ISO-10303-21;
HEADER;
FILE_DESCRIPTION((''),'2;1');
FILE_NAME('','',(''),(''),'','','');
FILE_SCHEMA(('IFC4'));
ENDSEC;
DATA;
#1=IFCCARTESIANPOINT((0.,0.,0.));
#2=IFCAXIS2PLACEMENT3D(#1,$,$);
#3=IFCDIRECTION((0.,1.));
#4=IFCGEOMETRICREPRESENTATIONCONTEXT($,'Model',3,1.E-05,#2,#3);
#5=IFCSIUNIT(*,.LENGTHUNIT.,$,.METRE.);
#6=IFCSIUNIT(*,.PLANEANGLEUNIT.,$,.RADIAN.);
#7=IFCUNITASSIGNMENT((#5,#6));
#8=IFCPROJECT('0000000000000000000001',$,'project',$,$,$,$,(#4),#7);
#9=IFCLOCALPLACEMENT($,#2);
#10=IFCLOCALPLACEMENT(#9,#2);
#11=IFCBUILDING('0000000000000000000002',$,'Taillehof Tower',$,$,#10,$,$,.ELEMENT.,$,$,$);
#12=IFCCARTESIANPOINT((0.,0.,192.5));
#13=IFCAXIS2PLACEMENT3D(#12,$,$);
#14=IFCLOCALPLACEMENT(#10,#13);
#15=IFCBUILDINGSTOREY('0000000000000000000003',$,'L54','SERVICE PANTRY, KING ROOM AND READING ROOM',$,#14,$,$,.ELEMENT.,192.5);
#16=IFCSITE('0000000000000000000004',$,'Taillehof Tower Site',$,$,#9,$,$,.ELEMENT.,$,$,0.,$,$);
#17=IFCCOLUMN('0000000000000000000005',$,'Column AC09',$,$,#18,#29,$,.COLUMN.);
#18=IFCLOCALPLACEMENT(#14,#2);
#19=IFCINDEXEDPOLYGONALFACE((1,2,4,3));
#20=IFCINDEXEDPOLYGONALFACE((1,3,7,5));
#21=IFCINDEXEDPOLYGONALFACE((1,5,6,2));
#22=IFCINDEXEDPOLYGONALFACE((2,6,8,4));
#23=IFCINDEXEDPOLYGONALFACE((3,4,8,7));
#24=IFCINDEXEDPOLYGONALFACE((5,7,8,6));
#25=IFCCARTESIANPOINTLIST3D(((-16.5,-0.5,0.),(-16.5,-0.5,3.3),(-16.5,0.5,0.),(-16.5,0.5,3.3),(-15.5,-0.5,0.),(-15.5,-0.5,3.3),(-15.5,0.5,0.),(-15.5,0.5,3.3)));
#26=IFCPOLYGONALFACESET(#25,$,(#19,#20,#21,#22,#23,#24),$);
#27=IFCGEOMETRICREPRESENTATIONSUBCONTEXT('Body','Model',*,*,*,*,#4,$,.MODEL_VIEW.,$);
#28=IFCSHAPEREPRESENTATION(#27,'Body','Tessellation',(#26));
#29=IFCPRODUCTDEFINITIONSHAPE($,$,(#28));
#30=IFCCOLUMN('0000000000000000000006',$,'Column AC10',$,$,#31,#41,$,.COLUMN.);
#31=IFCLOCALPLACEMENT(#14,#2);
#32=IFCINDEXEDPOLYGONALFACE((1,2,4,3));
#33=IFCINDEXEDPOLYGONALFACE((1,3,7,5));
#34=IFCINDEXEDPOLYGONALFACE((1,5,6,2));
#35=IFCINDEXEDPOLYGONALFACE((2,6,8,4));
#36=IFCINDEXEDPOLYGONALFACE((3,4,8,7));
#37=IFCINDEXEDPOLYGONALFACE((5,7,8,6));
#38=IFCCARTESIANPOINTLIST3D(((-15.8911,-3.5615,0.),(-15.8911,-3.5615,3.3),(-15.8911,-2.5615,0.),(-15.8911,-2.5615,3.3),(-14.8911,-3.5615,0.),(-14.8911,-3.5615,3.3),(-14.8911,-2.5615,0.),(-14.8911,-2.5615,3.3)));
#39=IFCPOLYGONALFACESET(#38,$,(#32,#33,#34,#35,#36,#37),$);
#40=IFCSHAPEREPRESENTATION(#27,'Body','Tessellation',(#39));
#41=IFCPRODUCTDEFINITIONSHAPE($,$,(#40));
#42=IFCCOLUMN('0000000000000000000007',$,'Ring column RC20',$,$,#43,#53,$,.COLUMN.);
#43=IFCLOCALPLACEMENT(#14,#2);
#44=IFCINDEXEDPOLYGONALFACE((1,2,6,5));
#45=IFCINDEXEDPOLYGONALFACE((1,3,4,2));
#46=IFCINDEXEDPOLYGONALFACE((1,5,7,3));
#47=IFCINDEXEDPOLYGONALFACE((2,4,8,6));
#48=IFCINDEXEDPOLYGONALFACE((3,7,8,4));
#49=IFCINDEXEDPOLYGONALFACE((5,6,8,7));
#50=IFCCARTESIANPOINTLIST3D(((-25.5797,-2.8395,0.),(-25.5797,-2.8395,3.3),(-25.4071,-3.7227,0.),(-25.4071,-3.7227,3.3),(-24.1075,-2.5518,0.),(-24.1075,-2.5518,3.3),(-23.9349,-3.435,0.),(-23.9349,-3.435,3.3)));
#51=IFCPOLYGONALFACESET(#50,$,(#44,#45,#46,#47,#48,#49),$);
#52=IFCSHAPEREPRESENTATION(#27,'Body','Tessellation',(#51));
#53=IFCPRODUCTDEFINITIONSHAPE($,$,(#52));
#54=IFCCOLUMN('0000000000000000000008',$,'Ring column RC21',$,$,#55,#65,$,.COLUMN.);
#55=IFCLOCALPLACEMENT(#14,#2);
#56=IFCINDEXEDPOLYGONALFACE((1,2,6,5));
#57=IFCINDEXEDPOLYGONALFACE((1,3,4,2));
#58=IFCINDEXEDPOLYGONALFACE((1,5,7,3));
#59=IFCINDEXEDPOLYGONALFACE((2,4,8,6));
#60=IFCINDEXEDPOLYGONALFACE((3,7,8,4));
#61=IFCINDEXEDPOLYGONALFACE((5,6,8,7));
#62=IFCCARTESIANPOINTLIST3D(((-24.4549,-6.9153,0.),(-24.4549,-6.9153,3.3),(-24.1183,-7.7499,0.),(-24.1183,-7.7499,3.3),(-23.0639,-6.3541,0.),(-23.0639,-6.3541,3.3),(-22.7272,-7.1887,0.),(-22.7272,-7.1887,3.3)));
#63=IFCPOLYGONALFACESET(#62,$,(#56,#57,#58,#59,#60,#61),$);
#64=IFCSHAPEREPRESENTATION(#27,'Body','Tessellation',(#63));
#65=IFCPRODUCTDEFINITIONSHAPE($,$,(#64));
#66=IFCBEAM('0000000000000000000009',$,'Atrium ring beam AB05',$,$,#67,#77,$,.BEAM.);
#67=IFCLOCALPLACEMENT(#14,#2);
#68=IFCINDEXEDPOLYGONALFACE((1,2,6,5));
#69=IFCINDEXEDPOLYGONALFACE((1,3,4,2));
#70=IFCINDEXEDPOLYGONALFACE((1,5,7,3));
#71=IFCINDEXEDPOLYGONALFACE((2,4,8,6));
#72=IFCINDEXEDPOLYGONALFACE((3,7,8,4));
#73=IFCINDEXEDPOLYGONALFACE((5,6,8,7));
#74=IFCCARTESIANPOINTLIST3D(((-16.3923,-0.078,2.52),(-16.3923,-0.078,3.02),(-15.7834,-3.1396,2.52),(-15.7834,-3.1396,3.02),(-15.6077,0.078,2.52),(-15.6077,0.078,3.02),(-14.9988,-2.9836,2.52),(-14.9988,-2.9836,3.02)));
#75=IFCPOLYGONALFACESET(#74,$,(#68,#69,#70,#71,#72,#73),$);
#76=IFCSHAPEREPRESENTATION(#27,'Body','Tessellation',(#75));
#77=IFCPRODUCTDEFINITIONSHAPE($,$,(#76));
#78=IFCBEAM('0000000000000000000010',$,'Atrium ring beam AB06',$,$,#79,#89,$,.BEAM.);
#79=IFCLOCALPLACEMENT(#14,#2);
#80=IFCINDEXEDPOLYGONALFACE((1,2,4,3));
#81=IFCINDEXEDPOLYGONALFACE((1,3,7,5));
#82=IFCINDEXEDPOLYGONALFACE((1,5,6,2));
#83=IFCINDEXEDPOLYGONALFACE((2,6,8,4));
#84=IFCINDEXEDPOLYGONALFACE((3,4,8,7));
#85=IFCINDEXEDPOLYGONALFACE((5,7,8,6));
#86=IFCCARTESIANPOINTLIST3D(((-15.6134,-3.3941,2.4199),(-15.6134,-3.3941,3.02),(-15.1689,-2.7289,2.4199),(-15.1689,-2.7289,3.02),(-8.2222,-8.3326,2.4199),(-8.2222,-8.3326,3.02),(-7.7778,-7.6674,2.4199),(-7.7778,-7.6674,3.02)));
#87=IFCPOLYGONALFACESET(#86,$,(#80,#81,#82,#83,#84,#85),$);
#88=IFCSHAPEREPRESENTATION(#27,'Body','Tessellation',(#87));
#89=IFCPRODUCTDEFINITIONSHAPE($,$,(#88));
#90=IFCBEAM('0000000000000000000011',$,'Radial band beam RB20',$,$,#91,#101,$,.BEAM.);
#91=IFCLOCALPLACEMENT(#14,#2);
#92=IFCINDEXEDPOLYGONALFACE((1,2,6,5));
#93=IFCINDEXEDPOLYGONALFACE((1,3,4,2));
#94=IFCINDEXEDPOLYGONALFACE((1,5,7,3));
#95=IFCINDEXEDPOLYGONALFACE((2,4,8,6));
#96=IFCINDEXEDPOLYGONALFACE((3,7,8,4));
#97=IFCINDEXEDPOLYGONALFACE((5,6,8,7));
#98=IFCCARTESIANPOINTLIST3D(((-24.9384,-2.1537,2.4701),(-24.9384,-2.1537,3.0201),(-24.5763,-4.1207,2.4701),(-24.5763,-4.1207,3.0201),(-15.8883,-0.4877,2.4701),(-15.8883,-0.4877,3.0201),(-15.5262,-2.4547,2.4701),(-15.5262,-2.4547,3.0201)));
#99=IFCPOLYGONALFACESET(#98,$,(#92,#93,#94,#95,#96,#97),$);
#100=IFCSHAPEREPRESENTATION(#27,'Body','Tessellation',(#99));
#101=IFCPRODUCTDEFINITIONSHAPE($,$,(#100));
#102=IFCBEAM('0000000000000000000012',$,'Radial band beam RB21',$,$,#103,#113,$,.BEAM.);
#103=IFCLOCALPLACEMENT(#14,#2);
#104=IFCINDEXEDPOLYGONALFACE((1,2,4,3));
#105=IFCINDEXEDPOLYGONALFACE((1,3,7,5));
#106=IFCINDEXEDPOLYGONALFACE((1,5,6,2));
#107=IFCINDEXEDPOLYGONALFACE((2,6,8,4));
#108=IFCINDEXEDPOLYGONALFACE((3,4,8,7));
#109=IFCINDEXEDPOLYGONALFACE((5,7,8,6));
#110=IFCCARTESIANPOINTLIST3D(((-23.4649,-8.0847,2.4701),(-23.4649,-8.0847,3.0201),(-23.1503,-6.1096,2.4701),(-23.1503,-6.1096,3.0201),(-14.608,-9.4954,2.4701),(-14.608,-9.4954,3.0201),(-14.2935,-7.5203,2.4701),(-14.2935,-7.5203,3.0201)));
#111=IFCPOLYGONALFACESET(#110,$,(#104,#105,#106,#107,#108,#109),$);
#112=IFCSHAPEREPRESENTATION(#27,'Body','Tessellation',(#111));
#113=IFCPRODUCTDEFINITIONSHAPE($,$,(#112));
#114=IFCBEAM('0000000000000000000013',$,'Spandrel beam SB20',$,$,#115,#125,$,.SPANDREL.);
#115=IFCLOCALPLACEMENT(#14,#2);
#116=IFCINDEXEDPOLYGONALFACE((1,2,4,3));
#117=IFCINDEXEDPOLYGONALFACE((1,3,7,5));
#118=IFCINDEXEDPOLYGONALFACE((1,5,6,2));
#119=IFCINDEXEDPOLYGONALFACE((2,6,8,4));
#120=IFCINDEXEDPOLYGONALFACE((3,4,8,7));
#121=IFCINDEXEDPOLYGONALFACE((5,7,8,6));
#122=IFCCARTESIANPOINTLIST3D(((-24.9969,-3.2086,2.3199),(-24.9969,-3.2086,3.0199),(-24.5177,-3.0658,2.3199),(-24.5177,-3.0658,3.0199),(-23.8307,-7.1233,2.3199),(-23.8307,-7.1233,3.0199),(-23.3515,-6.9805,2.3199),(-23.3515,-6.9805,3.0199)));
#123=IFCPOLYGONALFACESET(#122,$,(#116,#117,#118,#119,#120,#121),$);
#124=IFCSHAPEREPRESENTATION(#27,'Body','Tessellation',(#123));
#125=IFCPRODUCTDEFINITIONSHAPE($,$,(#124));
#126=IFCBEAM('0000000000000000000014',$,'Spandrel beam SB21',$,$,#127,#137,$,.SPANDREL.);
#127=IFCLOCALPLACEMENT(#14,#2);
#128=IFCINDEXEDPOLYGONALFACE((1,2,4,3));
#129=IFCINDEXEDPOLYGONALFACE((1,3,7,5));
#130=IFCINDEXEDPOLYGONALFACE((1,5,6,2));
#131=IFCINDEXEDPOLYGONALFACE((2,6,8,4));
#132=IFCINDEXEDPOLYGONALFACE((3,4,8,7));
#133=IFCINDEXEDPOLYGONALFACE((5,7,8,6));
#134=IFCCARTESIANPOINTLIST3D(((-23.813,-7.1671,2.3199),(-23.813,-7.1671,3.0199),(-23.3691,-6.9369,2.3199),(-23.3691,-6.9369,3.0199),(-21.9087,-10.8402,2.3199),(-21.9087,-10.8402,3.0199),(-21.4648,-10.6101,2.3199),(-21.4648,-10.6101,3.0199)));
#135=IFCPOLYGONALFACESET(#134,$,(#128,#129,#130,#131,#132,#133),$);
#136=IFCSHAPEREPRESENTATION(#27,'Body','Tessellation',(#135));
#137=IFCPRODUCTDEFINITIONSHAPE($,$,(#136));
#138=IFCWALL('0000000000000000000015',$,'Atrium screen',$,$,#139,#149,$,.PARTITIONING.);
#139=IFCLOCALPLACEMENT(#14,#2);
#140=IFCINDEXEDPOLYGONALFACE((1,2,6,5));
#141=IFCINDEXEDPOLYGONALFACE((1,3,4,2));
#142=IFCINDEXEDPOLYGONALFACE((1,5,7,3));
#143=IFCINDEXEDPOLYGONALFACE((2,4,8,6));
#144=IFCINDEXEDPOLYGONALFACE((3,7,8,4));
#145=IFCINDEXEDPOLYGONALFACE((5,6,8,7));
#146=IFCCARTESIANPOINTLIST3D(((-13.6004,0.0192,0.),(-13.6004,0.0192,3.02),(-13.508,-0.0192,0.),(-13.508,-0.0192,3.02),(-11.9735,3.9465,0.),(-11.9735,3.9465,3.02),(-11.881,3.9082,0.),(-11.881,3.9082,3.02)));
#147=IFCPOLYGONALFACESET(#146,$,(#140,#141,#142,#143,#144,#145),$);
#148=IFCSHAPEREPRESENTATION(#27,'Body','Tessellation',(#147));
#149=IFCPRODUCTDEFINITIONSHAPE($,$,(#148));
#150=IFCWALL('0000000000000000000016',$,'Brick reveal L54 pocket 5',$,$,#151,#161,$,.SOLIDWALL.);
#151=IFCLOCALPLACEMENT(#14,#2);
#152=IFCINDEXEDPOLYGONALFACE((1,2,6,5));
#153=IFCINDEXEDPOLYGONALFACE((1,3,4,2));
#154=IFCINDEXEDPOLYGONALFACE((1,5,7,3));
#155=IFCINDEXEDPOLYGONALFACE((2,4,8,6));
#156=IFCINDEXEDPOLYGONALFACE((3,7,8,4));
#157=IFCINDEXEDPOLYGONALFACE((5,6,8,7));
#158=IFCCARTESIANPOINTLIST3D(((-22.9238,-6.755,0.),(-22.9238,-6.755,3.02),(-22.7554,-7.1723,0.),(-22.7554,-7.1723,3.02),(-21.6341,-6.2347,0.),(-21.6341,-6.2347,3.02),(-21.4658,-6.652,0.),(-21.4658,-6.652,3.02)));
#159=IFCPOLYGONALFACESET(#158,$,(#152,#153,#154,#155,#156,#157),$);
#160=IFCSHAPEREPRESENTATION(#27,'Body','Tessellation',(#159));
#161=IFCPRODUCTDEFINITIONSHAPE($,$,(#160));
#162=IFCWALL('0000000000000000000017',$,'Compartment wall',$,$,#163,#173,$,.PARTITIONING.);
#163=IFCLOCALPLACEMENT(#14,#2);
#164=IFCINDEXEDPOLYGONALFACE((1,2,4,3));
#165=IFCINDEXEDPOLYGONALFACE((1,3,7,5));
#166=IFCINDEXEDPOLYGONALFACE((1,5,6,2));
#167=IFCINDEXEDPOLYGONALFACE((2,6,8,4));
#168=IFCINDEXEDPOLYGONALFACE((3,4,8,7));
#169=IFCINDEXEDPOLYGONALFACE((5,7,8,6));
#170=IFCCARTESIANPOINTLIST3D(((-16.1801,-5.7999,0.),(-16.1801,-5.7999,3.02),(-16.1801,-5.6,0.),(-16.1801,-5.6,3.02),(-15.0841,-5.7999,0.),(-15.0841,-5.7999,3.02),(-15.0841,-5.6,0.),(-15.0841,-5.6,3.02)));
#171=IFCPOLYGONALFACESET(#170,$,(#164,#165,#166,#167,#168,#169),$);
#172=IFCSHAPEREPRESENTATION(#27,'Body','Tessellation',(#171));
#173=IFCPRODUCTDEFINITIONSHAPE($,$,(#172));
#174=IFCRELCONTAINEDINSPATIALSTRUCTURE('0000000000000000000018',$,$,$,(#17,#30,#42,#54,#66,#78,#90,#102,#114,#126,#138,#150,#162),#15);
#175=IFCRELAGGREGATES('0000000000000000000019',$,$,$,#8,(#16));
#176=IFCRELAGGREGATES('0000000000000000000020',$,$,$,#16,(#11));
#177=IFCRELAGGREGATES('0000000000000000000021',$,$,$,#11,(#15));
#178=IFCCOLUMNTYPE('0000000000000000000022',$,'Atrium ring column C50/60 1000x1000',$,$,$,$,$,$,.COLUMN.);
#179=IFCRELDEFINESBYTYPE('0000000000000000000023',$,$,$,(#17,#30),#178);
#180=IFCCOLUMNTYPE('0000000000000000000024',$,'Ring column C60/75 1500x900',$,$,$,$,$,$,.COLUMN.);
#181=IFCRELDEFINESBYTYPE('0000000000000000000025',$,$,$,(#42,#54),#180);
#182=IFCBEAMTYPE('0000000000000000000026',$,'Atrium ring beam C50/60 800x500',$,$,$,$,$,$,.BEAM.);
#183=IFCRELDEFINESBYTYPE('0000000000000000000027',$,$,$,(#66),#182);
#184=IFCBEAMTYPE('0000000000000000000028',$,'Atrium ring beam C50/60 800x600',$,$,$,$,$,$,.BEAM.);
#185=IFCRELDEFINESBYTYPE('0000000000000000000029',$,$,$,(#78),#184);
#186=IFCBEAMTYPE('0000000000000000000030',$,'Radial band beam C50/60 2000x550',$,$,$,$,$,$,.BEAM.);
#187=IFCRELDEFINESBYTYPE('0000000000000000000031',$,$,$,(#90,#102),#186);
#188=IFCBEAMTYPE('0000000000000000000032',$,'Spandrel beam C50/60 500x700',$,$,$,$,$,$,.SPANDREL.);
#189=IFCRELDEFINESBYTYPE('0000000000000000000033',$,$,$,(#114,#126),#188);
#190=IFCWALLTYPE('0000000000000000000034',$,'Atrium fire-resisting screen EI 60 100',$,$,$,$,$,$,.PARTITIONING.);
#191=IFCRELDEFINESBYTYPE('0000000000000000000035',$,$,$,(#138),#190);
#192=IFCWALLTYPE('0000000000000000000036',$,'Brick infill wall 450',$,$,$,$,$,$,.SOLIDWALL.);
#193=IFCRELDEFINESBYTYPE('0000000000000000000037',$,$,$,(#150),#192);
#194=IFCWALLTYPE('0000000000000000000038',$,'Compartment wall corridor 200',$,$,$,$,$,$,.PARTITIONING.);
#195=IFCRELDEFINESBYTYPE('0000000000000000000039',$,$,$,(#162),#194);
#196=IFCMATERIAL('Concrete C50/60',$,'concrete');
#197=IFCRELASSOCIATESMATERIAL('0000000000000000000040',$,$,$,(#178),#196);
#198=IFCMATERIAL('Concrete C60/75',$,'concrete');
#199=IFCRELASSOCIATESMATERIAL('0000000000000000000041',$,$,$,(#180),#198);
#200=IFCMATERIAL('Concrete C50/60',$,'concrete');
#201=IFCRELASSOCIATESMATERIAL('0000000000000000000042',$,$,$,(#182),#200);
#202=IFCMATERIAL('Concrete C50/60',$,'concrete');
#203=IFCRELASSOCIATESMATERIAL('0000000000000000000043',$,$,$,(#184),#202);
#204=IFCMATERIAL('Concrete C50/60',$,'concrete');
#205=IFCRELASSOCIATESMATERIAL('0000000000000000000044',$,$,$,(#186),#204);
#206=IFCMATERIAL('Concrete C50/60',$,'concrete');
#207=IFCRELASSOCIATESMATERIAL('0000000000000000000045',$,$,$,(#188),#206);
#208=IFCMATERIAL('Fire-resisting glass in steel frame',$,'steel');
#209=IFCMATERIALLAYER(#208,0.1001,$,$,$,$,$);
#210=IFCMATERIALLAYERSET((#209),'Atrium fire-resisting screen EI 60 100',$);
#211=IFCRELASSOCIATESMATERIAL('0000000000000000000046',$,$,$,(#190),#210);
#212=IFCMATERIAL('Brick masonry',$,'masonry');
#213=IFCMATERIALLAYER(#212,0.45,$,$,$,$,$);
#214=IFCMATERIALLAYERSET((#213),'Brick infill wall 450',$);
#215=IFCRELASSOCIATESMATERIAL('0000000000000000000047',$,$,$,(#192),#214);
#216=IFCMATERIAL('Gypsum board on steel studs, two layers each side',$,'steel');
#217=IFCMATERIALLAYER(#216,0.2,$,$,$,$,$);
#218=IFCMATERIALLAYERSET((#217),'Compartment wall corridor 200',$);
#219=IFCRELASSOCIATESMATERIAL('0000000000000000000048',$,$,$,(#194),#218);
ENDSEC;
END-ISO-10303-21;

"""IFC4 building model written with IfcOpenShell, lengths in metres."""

from ifc_helpers import new_model, si_unit, direction, frame, frame_2d, origin, origin_2d, place, context, subcontext, project, spatial, rectangle, extrude, material, layer, layer_set, material_profile, profile_set, type_object, element, save


model = new_model("IFC4")

# Units and contexts
model_context = context("Model", 3, precision=1e-05, world=origin(), true_north=direction((0.0, 1.0)))
body_context = subcontext(model_context, "Body", "Model", "MODEL_VIEW")
ifc_project = project(units=[si_unit("LENGTHUNIT", "METRE"), si_unit("PLANEANGLEUNIT", "RADIAN")], contexts=[model_context])

# Site, building, storey
site_placement = place(None, origin())
site = spatial("IfcSite", under=ifc_project, at=site_placement, Name="Taillehof Tower Site", CompositionType="ELEMENT", RefElevation=0.0)
building_placement = place(site_placement, origin())
building = spatial("IfcBuilding", under=site, at=building_placement, Name="Taillehof Tower", CompositionType="ELEMENT")
storey_placement = place(building_placement, frame((0.0, 0.0, 192.5)))
storey = spatial("IfcBuildingStorey", under=building, at=storey_placement, Name="L54", Description="SERVICE PANTRY, KING ROOM AND READING ROOM", CompositionType="ELEMENT", Elevation=192.5)

# Columns
ifc_material_1 = material(Name="Concrete C50/60", Category="concrete")
ifc_material_profile_1 = material_profile(ifc_material_1, rectangle(XDim=1.0, YDim=1.0, at=origin_2d()), Name="RC 1000x1000")
ifc_profile_set_1 = profile_set([ifc_material_profile_1], Name="Concrete C50/60")
column_type_1 = type_object("IfcColumnType", Name="Atrium ring column C50/60 1000x1000", PredefinedType="COLUMN", material=ifc_profile_set_1)
for number, where, z_axis, x_axis, name in (
    (1, (-16.0, 0.0, 0.0), (0.0, 0.0, 1.0), (1.0, 0.0, 0.0), "Column AC09"),
    (2, (-15.3911, -3.0615, 0.0), (0.0, 0.0, 1.0), (1.0, 0.0, 0.0), "Column AC10"),
):
    element("IfcColumn", number, at=place(storey_placement, frame(where, z_axis=z_axis, x_axis=x_axis)), inside=storey, type_object=column_type_1, Name=name, PredefinedType="COLUMN", context=body_context, shape_type="SweptSolid", body=[
        extrude(rectangle(XDim=1.0, YDim=1.0, at=origin_2d()), origin(), (0.0, 0.0, 1.0), 3.3),
    ])
ifc_material_2 = material(Name="Concrete C60/75", Category="concrete")
ifc_material_profile_2 = material_profile(ifc_material_2, rectangle(XDim=1.5, YDim=0.8999, at=origin_2d()), Name="RC 1500x900")
ifc_profile_set_2 = profile_set([ifc_material_profile_2], Name="Concrete C60/75")
column_type_2 = type_object("IfcColumnType", Name="Ring column C60/75 1500x900", PredefinedType="COLUMN", material=ifc_profile_set_2)
for number, where, z_axis, x_axis, name in (
    (3, (-24.7573, -3.1372, 0.0), (0.0, 0.0, 1.0), (-0.981434, -0.191801, 0.0), "Ring column RC20"),
    (4, (-23.5911, -7.052, 0.0), (0.0, 0.0, 1.0), (-0.927385, -0.374108, 0.0), "Ring column RC21"),
):
    element("IfcColumn", number, at=place(storey_placement, frame(where, z_axis=z_axis, x_axis=x_axis)), inside=storey, type_object=column_type_2, Name=name, PredefinedType="COLUMN", context=body_context, shape_type="SweptSolid", body=[
        extrude(rectangle(XDim=1.5, YDim=0.8999, at=origin_2d()), origin(), (0.0, 0.0, 1.0), 3.3),
    ])

# Beams
ifc_material_3 = material(Name="Concrete C50/60", Category="concrete")
ifc_material_profile_3 = material_profile(ifc_material_3, rectangle(XDim=0.8, YDim=0.5, at=origin_2d()), Name="RC 800x500")
ifc_profile_set_3 = profile_set([ifc_material_profile_3], Name="Concrete C50/60")
beam_type_1 = type_object("IfcBeamType", Name="Atrium ring beam C50/60 800x500", PredefinedType="BEAM", material=ifc_profile_set_3)
beam_1_placement = place(storey_placement, frame((-16.0, 0.0, 2.77), z_axis=(0.195063, -0.980791, 0.0), x_axis=(0.980791, 0.195063, 0.0)))
element("IfcBeam", 5, at=beam_1_placement, inside=storey, type_object=beam_type_1, Name="Atrium ring beam AB05", PredefinedType="BEAM", context=body_context, shape_type="SweptSolid", body=[
    extrude(rectangle(XDim=0.8, YDim=0.5, at=origin_2d()), origin(), (0.0, 0.0, 1.0), 3.1216),
])
ifc_material_4 = material(Name="Concrete C50/60", Category="concrete")
ifc_material_profile_4 = material_profile(ifc_material_4, rectangle(XDim=0.8, YDim=0.6001, at=origin_2d()), Name="RC 800x600")
ifc_profile_set_4 = profile_set([ifc_material_profile_4], Name="Concrete C50/60")
beam_type_2 = type_object("IfcBeamType", Name="Atrium ring beam C50/60 800x600", PredefinedType="BEAM", material=ifc_profile_set_4)
beam_2_placement = place(storey_placement, frame((-15.3911, -3.0615, 2.72), z_axis=(0.831475, -0.555562, 0.0), x_axis=(0.555562, 0.831475, 0.0)))
element("IfcBeam", 6, at=beam_2_placement, inside=storey, type_object=beam_type_2, Name="Atrium ring beam AB06", PredefinedType="BEAM", context=body_context, shape_type="SweptSolid", body=[
    extrude(rectangle(XDim=0.8, YDim=0.6001, at=origin_2d()), origin(), (0.0, 0.0, 1.0), 8.8892),
])
ifc_material_5 = material(Name="Concrete C50/60", Category="concrete")
ifc_material_profile_5 = material_profile(ifc_material_5, rectangle(XDim=2.0, YDim=0.55, at=origin_2d()), Name="RC 2000x550")
ifc_profile_set_5 = profile_set([ifc_material_profile_5], Name="Concrete C50/60")
beam_type_3 = type_object("IfcBeamType", Name="Radial band beam C50/60 2000x550", PredefinedType="BEAM", material=ifc_profile_set_5)
beam_3_placement = place(storey_placement, frame((-24.7573, -3.1372, 2.7451), z_axis=(0.983474, 0.181047, 0.0), x_axis=(-0.181047, 0.983474, 0.0)))
element("IfcBeam", 7, at=beam_3_placement, inside=storey, type_object=beam_type_3, Name="Radial band beam RB20", PredefinedType="BEAM", context=body_context, shape_type="SweptSolid", body=[
    extrude(rectangle(XDim=2.0, YDim=0.55, at=origin_2d()), origin(), (0.0, 0.0, 1.0), 9.2021),
])
beam_4_placement = place(storey_placement, frame((-23.3076, -7.0972, 2.7451), z_axis=(0.987553, -0.157288, 0.0), x_axis=(0.157288, 0.987553, 0.0)))
element("IfcBeam", 8, at=beam_4_placement, inside=storey, type_object=beam_type_3, Name="Radial band beam RB21", PredefinedType="BEAM", context=body_context, shape_type="SweptSolid", body=[
    extrude(rectangle(XDim=2.0, YDim=0.55, at=origin_2d()), origin(), (0.0, 0.0, 1.0), 8.9685),
])
ifc_material_6 = material(Name="Concrete C50/60", Category="concrete")
ifc_material_profile_6 = material_profile(ifc_material_6, rectangle(XDim=0.5, YDim=0.7, at=origin_2d()), Name="RC 500x700")
ifc_profile_set_6 = profile_set([ifc_material_profile_6], Name="Concrete C50/60")
beam_type_4 = type_object("IfcBeamType", Name="Spandrel beam C50/60 500x700", PredefinedType="SPANDREL", material=ifc_profile_set_6)
beam_5_placement = place(storey_placement, frame((-24.7573, -3.1372, 2.6699), z_axis=(0.28551, -0.958376, 0.0), x_axis=(0.958376, 0.28551, 0.0)))
element("IfcBeam", 9, at=beam_5_placement, inside=storey, type_object=beam_type_4, Name="Spandrel beam SB20", PredefinedType="SPANDREL", context=body_context, shape_type="SweptSolid", body=[
    extrude(rectangle(XDim=0.5, YDim=0.7, at=origin_2d()), origin(), (0.0, 0.0, 1.0), 4.0847),
])
beam_6_placement = place(storey_placement, frame((-23.5911, -7.052, 2.6699), z_axis=(0.460265, -0.887781, 0.0), x_axis=(0.887781, 0.460265, 0.0)))
element("IfcBeam", 10, at=beam_6_placement, inside=storey, type_object=beam_type_4, Name="Spandrel beam SB21", PredefinedType="SPANDREL", context=body_context, shape_type="SweptSolid", body=[
    extrude(rectangle(XDim=0.5, YDim=0.7, at=origin_2d()), origin(), (0.0, 0.0, 1.0), 4.1375),
])

# Walls
ifc_material_7 = material(Name="Fire-resisting glass in steel frame", Category="steel")
ifc_layer_1 = layer(ifc_material_7, 0.1001)
ifc_layer_set_1 = layer_set([ifc_layer_1], Name="Atrium fire-resisting screen EI 60 100")
wall_type_1 = type_object("IfcWallType", Name="Atrium fire-resisting screen EI 60 100", PredefinedType="PARTITIONING", material=ifc_layer_set_1)
wall_1_placement = place(storey_placement, frame((-13.5542, 0.0, 0.0), z_axis=(0.0, 0.0, 1.0), x_axis=(0.382731, 0.92386, 0.0)))
element("IfcWall", 11, at=wall_1_placement, inside=storey, type_object=wall_type_1, Name="Atrium screen", PredefinedType="PARTITIONING", context=body_context, shape_type="SweptSolid", body=[
    extrude(rectangle(XDim=4.251, YDim=0.1001, at=frame_2d((2.1255, 0.0))), origin(), (0.0, 0.0, 1.0), 3.02),
])
ifc_material_8 = material(Name="Brick masonry", Category="masonry")
ifc_layer_2 = layer(ifc_material_8, 0.45)
ifc_layer_set_2 = layer_set([ifc_layer_2], Name="Brick infill wall 450")
wall_type_2 = type_object("IfcWallType", Name="Brick infill wall 450", PredefinedType="SOLIDWALL", material=ifc_layer_set_2)
wall_2_placement = place(storey_placement, frame((-22.8396, -6.9636, 0.0), z_axis=(0.0, 0.0, 1.0), x_axis=(0.927371, 0.374144, 0.0)))
element("IfcWall", 12, at=wall_2_placement, inside=storey, type_object=wall_type_2, Name="Brick reveal L54 pocket 5", PredefinedType="SOLIDWALL", context=body_context, shape_type="SweptSolid", body=[
    extrude(rectangle(XDim=1.3906, YDim=0.45, at=frame_2d((0.6953, 0.0))), origin(), (0.0, 0.0, 1.0), 3.02),
])

# Wall
ifc_material_9 = material(Name="Gypsum board on steel studs, two layers each side", Category="steel")
ifc_layer_3 = layer(ifc_material_9, 0.2)
ifc_layer_set_3 = layer_set([ifc_layer_3], Name="Compartment wall corridor 200")
wall_type_3 = type_object("IfcWallType", Name="Compartment wall corridor 200", PredefinedType="PARTITIONING", material=ifc_layer_set_3)
wall_3_placement = place(storey_placement, frame((-16.1799, -5.7, 0.0), z_axis=(0.0, 0.0, 1.0), x_axis=(1.0, 0.0, 0.0)))
element("IfcWall", 13, at=wall_3_placement, inside=storey, type_object=wall_type_3, Name="Compartment wall", PredefinedType="PARTITIONING", context=body_context, shape_type="SweptSolid", body=[
    extrude(rectangle(XDim=1.0959, YDim=0.2, at=frame_2d((0.5479, 0.0))), origin(), (0.0, 0.0, 1.0), 3.02),
])

save(model, "model.ifc")
